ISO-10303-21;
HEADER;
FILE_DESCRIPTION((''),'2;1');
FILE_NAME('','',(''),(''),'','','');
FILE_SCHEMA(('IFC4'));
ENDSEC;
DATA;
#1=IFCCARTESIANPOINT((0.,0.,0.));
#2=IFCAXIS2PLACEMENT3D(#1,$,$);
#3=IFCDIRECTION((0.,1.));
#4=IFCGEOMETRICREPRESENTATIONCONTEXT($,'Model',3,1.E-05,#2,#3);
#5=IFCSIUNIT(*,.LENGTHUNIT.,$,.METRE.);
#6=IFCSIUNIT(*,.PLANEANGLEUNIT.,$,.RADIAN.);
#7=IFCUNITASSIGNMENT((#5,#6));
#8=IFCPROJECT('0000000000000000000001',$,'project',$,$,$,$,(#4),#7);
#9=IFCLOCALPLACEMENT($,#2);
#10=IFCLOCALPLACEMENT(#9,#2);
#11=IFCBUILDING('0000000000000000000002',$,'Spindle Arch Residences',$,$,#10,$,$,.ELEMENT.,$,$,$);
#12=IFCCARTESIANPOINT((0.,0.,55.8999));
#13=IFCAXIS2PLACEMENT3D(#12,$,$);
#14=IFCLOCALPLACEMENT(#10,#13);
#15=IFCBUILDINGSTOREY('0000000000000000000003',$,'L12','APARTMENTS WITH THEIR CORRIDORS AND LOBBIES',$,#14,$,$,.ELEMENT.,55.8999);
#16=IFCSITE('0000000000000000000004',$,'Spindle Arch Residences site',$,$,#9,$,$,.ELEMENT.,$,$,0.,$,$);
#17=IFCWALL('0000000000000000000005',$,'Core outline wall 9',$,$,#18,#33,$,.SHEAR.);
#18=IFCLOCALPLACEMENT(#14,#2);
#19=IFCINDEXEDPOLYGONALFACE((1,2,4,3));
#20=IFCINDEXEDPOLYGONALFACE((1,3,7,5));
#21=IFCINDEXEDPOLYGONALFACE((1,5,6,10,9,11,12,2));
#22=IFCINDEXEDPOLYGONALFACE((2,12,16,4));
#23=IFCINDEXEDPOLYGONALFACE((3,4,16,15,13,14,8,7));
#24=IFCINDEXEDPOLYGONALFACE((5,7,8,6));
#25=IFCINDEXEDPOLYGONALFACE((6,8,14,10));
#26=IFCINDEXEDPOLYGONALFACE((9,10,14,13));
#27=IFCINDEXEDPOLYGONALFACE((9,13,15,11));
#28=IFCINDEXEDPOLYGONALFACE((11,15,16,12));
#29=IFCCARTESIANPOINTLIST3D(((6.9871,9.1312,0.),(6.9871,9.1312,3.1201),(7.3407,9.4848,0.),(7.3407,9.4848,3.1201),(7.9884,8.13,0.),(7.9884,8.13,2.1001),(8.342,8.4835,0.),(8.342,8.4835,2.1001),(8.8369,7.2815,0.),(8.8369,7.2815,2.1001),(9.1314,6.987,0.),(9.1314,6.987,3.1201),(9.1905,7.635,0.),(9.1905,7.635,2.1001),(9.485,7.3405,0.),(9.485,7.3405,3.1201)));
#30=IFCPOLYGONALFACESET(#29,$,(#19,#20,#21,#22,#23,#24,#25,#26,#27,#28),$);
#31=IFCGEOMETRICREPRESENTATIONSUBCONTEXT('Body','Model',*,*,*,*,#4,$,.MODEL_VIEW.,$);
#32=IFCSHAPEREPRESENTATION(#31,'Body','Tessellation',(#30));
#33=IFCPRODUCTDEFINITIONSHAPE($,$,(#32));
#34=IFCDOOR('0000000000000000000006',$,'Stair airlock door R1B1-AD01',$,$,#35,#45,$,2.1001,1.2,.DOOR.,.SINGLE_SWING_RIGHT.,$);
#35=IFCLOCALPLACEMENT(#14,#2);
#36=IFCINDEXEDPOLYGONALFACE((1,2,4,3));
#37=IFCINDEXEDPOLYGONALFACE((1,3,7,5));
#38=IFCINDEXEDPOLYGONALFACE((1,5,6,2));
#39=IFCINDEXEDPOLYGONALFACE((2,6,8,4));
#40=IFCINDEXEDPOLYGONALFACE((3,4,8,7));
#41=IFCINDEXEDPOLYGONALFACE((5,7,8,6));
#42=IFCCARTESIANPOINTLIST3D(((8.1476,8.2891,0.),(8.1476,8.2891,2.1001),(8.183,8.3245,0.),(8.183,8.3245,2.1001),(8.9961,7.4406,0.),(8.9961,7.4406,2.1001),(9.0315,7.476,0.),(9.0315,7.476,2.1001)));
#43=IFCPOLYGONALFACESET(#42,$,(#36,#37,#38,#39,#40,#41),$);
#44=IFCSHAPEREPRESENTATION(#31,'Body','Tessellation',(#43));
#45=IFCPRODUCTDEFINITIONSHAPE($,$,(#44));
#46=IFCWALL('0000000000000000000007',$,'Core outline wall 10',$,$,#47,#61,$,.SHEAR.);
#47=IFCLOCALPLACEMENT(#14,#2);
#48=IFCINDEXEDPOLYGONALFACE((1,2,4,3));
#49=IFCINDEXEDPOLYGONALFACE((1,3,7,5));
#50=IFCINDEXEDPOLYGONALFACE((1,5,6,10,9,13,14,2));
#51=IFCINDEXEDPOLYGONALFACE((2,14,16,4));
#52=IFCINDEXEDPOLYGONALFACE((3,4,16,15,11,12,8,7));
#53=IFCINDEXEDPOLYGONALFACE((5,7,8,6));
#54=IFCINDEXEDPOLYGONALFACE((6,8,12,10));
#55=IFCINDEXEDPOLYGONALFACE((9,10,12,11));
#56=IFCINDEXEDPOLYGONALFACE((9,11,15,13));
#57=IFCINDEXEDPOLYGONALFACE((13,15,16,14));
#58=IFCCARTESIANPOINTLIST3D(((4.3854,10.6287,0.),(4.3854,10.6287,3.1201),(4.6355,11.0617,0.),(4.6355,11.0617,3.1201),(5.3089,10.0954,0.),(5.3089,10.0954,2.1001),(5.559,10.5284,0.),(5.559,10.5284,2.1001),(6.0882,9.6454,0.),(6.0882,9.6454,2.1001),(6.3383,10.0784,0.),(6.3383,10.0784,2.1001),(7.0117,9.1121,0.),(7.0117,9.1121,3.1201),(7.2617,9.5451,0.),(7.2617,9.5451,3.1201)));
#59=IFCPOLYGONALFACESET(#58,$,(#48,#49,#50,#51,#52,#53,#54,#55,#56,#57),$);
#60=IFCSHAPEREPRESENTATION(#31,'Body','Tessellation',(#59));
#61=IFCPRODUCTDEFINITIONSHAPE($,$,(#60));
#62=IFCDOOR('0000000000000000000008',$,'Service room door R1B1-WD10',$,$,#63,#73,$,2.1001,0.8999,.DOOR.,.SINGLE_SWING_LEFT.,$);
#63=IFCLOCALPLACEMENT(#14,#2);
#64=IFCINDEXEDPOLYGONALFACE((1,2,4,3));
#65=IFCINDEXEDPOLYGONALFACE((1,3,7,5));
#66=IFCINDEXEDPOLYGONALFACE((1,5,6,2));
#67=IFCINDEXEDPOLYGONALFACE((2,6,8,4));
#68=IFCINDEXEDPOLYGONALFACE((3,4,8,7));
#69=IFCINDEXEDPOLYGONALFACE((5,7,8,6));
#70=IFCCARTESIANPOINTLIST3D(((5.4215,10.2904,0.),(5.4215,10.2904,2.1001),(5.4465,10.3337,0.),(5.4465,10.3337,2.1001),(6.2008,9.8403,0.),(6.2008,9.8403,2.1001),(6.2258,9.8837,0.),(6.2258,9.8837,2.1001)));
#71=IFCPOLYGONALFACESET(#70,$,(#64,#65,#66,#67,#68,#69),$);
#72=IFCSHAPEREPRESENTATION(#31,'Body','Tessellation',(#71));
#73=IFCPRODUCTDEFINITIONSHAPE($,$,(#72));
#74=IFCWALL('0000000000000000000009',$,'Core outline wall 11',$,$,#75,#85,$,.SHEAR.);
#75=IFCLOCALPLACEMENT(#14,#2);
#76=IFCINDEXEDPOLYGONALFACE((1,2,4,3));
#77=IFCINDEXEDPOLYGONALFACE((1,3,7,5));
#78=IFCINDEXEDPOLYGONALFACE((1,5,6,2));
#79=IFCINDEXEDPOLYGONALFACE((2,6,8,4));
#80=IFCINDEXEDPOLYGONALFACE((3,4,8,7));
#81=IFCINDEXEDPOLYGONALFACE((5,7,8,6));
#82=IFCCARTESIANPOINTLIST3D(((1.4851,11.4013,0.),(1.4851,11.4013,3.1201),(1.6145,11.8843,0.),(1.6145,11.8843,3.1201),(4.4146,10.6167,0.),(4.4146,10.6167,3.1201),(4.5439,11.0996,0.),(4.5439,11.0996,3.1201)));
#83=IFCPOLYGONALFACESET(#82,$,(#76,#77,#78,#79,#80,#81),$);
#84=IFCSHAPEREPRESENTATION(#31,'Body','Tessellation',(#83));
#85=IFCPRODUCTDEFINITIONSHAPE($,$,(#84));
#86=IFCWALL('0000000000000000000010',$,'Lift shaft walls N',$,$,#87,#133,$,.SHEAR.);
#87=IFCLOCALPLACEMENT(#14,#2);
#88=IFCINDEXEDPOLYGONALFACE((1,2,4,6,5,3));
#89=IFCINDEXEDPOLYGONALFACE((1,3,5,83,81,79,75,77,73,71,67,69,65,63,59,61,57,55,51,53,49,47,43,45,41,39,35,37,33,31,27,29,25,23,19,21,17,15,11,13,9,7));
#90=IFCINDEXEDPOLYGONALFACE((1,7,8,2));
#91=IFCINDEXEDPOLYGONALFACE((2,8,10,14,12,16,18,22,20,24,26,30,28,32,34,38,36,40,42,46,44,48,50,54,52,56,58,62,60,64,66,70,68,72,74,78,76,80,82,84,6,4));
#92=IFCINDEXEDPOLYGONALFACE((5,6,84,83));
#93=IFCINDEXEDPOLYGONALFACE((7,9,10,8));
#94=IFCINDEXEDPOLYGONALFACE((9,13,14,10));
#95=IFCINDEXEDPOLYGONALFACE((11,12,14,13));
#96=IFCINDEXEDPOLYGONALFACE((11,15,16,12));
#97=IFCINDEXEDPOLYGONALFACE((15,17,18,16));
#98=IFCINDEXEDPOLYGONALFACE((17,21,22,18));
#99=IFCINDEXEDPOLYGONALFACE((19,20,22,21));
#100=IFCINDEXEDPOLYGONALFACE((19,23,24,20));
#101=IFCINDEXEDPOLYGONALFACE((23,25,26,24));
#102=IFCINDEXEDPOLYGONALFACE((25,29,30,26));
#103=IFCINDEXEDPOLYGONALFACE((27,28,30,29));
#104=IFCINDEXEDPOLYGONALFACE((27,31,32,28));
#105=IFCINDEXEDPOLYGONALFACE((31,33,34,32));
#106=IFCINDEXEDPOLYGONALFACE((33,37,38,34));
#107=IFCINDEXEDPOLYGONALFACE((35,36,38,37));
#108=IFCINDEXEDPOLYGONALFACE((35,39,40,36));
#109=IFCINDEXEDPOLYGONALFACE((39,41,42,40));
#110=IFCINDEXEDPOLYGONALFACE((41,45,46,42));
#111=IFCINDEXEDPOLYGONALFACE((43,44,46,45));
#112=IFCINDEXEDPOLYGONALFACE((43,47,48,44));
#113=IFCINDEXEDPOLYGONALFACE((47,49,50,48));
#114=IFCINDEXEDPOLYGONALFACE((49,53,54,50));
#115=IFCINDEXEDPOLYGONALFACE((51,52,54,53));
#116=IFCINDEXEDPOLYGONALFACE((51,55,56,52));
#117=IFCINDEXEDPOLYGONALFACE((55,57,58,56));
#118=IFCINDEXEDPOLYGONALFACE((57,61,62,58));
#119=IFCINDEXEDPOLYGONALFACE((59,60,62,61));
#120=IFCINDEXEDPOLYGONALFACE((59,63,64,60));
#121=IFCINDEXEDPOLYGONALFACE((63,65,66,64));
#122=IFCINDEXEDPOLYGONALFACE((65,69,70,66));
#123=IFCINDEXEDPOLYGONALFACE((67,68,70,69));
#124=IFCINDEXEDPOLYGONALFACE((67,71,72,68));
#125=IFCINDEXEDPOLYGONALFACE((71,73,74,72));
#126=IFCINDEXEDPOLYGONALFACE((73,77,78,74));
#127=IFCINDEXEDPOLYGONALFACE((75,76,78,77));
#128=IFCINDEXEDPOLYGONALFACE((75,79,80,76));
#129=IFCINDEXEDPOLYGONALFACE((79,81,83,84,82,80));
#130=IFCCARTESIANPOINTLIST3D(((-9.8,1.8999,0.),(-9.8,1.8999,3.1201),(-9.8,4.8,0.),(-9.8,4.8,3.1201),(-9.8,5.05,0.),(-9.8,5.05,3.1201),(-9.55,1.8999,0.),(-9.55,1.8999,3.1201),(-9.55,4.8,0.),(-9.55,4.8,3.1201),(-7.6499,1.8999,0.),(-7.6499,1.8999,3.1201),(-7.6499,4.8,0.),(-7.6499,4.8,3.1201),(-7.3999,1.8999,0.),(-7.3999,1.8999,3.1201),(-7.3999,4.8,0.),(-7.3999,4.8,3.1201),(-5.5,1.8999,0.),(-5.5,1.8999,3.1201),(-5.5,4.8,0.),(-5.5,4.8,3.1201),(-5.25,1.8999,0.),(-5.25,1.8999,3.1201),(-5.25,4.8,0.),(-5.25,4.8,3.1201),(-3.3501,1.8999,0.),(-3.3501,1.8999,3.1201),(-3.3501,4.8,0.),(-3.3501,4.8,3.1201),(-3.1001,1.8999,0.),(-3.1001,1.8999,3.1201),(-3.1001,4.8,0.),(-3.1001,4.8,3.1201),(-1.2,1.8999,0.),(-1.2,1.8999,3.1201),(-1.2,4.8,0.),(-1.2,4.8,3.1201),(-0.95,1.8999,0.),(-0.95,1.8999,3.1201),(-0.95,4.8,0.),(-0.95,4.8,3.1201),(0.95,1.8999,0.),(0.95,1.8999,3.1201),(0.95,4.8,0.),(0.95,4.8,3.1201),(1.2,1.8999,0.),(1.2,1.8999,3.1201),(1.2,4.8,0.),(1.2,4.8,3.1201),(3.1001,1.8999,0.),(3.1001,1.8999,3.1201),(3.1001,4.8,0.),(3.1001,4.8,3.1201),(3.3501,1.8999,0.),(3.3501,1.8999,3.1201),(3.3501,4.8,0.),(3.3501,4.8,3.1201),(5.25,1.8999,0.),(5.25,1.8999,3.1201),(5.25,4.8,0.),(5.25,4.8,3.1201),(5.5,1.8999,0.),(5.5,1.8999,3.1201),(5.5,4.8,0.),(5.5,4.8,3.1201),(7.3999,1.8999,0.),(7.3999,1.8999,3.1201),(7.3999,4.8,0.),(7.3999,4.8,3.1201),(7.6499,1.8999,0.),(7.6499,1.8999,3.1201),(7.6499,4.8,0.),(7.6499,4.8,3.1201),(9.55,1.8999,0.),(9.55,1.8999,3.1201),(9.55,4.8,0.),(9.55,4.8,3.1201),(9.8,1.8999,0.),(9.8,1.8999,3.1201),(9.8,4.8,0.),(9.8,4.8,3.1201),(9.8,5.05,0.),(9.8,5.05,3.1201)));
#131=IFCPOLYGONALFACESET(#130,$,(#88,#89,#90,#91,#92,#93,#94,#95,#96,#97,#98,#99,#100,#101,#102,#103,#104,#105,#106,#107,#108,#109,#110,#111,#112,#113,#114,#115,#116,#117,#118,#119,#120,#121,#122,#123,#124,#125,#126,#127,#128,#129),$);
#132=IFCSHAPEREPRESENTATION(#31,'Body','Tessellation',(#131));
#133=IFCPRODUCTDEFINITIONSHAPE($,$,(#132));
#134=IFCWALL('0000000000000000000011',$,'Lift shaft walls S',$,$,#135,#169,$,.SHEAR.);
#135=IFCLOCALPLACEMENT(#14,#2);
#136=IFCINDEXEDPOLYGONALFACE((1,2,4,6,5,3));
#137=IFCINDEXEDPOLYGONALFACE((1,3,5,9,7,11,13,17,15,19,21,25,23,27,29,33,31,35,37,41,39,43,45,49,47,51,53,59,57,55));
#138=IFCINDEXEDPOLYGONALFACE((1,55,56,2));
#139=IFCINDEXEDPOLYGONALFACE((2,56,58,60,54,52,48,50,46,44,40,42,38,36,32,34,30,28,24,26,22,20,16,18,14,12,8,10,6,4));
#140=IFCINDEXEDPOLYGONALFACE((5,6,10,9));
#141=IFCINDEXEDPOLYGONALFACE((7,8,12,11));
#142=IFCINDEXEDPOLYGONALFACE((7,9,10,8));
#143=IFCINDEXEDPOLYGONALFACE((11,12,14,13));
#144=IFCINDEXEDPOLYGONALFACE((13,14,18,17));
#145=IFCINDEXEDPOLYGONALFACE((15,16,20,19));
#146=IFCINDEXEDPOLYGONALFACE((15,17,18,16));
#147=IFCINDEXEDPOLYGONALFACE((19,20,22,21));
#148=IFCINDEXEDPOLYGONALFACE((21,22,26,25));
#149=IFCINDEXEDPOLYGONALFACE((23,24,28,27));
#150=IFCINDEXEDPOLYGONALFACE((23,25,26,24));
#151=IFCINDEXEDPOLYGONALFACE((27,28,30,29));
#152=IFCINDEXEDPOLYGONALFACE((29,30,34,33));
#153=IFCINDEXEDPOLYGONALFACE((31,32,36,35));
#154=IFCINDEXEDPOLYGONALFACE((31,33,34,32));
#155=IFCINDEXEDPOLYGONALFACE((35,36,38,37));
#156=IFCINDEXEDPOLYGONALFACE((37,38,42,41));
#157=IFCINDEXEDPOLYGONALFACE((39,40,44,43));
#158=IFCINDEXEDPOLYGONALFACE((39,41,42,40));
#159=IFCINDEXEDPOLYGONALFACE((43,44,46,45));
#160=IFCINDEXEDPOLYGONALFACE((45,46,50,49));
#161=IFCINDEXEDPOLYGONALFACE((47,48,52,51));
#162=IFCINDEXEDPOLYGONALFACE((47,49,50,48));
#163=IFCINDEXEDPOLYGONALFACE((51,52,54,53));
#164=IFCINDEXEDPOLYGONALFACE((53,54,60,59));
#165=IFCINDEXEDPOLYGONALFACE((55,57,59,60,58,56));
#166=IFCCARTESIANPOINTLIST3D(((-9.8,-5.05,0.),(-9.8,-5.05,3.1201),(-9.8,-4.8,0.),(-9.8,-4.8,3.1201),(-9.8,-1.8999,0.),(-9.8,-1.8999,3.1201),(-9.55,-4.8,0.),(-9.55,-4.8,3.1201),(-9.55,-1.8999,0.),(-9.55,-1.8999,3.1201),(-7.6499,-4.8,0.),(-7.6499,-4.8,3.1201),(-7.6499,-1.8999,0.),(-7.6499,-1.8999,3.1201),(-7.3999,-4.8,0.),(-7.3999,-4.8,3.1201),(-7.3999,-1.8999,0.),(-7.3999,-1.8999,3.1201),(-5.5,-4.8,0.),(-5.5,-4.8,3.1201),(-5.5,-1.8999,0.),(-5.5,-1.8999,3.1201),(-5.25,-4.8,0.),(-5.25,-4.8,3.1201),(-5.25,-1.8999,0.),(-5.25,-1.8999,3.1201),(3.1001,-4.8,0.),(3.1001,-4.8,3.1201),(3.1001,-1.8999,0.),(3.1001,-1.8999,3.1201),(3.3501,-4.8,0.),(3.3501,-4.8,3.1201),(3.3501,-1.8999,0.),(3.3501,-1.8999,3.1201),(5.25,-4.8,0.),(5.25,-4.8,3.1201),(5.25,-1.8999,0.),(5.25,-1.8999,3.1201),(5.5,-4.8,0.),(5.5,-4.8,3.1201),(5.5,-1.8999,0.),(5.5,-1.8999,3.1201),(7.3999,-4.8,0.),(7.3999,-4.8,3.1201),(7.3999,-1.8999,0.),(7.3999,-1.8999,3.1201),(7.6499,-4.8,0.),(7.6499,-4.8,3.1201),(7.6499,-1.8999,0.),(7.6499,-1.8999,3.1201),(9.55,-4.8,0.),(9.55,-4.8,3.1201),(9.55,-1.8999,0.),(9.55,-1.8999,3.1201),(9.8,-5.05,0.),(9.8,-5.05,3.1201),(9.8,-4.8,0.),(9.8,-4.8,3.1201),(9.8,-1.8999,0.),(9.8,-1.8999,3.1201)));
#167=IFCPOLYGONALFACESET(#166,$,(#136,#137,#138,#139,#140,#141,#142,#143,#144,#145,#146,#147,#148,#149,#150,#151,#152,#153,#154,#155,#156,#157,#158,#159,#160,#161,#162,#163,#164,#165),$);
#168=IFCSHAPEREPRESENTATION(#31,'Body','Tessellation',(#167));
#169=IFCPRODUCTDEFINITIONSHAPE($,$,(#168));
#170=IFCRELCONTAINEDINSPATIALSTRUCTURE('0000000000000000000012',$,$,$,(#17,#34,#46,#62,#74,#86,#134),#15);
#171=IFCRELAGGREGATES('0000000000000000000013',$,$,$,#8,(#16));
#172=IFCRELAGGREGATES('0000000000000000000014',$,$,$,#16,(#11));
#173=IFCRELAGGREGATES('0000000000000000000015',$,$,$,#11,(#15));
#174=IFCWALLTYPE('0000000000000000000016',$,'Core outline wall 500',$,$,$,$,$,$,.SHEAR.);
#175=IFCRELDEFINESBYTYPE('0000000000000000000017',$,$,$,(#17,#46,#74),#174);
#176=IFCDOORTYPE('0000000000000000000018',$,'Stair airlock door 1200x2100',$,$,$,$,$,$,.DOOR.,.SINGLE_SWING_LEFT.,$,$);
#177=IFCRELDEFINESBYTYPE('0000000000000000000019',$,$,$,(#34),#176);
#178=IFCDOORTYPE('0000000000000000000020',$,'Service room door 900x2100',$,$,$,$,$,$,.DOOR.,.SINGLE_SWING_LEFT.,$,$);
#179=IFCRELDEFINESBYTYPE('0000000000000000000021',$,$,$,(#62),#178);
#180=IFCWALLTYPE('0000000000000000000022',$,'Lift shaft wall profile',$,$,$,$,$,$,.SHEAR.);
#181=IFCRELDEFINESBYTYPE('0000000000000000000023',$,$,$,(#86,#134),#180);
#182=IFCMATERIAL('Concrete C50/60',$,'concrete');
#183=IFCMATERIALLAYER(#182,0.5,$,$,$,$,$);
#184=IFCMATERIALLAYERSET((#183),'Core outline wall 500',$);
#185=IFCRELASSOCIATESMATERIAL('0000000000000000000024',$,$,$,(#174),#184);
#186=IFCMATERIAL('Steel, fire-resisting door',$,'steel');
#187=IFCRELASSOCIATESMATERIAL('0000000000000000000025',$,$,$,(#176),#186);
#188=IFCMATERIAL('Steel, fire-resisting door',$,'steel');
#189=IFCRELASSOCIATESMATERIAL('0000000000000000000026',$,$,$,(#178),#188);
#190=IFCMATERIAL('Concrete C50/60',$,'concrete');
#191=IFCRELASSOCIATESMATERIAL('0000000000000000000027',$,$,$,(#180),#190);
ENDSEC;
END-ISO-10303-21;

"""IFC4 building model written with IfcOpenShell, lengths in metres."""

from ifc_helpers import new_model, si_unit, direction, frame, frame_2d, origin, place, context, subcontext, project, spatial, polyline, rectangle, outline, extrude, material, layer, layer_set, type_object, element, fill, save


model = new_model("IFC4")

# Units and contexts
model_context = context("Model", 3, precision=1e-05, world=origin(), true_north=direction((0.0, 1.0)))
body_context = subcontext(model_context, "Body", "Model", "MODEL_VIEW")
ifc_project = project(units=[si_unit("LENGTHUNIT", "METRE"), si_unit("PLANEANGLEUNIT", "RADIAN")], contexts=[model_context])

# Site, building, storey
site_placement = place(None, origin())
site = spatial("IfcSite", under=ifc_project, at=site_placement, Name="Spindle Arch Residences site", CompositionType="ELEMENT", RefElevation=0.0)
building_placement = place(site_placement, origin())
building = spatial("IfcBuilding", under=site, at=building_placement, Name="Spindle Arch Residences", CompositionType="ELEMENT")
storey_placement = place(building_placement, frame((0.0, 0.0, 55.8999)))
storey = spatial("IfcBuildingStorey", under=building, at=storey_placement, Name="L12", Description="APARTMENTS WITH THEIR CORRIDORS AND LOBBIES", CompositionType="ELEMENT", Elevation=55.8999)

# Walls, openings, doors
ifc_material_1 = material(Name="Concrete C50/60", Category="concrete")
ifc_layer_1 = layer(ifc_material_1, 0.5)
ifc_layer_set_1 = layer_set([ifc_layer_1], Name="Core outline wall 500")
wall_type_1 = type_object("IfcWallType", Name="Core outline wall 500", PredefinedType="SHEAR", material=ifc_layer_set_1)
wall_1_placement = place(storey_placement, frame((9.3081, 7.1638, 0.0), z_axis=(0.0, 0.0, 1.0), x_axis=(-0.707107, 0.707107, 0.0)))
wall_1 = element("IfcWall", 1, at=wall_1_placement, inside=storey, type_object=wall_type_1, Name="Core outline wall 9", PredefinedType="SHEAR", context=body_context, shape_type="SweptSolid", body=[
    extrude(rectangle(XDim=3.0325, YDim=0.5, at=frame_2d((1.5161, 0.0))), origin(), (0.0, 0.0, 1.0), 3.1201),
])
opening_1_placement = place(wall_1_placement, frame((0.4163, 0.0, 0.0)))
opening_1 = element("IfcOpeningElement", 2, at=opening_1_placement, cuts=wall_1, PredefinedType="OPENING", context=body_context, shape_type="SweptSolid", body=[
    extrude(rectangle(XDim=1.2, YDim=2.1001, at=frame_2d((0.6001, 1.05))), frame((0.0, 0.26, 0.0), z_axis=(0.0, -1.0, 0.0), x_axis=(1.0, 0.0, 0.0)), (0.0, 0.0, 1.0), 0.52),
])
ifc_material_2 = material(Name="Steel, fire-resisting door", Category="steel")
door_type_1 = type_object("IfcDoorType", Name="Stair airlock door 1200x2100", OperationType="SINGLE_SWING_LEFT", PredefinedType="DOOR", material=ifc_material_2)
door_1_placement = place(opening_1_placement, origin())
door_1 = element("IfcDoor", 3, at=door_1_placement, inside=storey, type_object=door_type_1, Name="Stair airlock door R1B1-AD01", OperationType="SINGLE_SWING_RIGHT", OverallHeight=2.1001, OverallWidth=1.2, PredefinedType="DOOR", context=body_context, shape_type="SweptSolid", body=[
    extrude(rectangle(XDim=1.2, YDim=2.1001, at=frame_2d((0.6001, 1.05))), frame((0.0, 0.0249, 0.0), z_axis=(0.0, -1.0, 0.0), x_axis=(1.0, 0.0, 0.0)), (0.0, 0.0, 1.0), 0.05),
])
fill(opening_1, door_1)
wall_2_placement = place(storey_placement, frame((7.1367, 9.3286, 0.0), z_axis=(0.0, 0.0, 1.0), x_axis=(-0.865975, 0.500087, 0.0)))
wall_2 = element("IfcWall", 4, at=wall_2_placement, inside=storey, type_object=wall_type_1, Name="Core outline wall 10", PredefinedType="SHEAR", context=body_context, shape_type="SweptSolid", body=[
    extrude(rectangle(XDim=3.0327, YDim=0.5, at=frame_2d((1.5164, 0.0))), origin(), (0.0, 0.0, 1.0), 3.1201),
])
opening_2_placement = place(wall_2_placement, frame((1.0664, 0.0, 0.0)))
opening_2 = element("IfcOpeningElement", 5, at=opening_2_placement, cuts=wall_2, PredefinedType="OPENING", context=body_context, shape_type="SweptSolid", body=[
    extrude(rectangle(XDim=0.8999, YDim=2.1001, at=frame_2d((0.45, 1.05))), frame((0.0, 0.26, 0.0), z_axis=(0.0, -1.0, 0.0), x_axis=(1.0, 0.0, 0.0)), (0.0, 0.0, 1.0), 0.52),
])
ifc_material_3 = material(Name="Steel, fire-resisting door", Category="steel")
door_type_2 = type_object("IfcDoorType", Name="Service room door 900x2100", OperationType="SINGLE_SWING_LEFT", PredefinedType="DOOR", material=ifc_material_3)
door_2_placement = place(opening_2_placement, origin())
door_2 = element("IfcDoor", 6, at=door_2_placement, inside=storey, type_object=door_type_2, Name="Service room door R1B1-WD10", OperationType="SINGLE_SWING_LEFT", OverallHeight=2.1001, OverallWidth=0.8999, PredefinedType="DOOR", context=body_context, shape_type="SweptSolid", body=[
    extrude(rectangle(XDim=0.8999, YDim=2.1001, at=frame_2d((0.45, 1.05))), frame((0.0, 0.0249, 0.0), z_axis=(0.0, -1.0, 0.0), x_axis=(1.0, 0.0, 0.0)), (0.0, 0.0, 1.0), 0.05),
])
fill(opening_2, door_2)

# Wall
wall_3_placement = place(storey_placement, frame((4.4792, 10.8582, 0.0), z_axis=(0.0, 0.0, 1.0), x_axis=(-0.965948, 0.258735, 0.0)))
element("IfcWall", 7, at=wall_3_placement, inside=storey, type_object=wall_type_1, Name="Core outline wall 11", PredefinedType="SHEAR", context=body_context, shape_type="SweptSolid", body=[
    extrude(rectangle(XDim=3.0327, YDim=0.5, at=frame_2d((1.5164, 0.0))), origin(), (0.0, 0.0, 1.0), 3.1201),
])

# Walls
ifc_material_4 = material(Name="Concrete C50/60", Category="concrete")
wall_type_2 = type_object("IfcWallType", Name="Lift shaft wall profile", PredefinedType="SHEAR", material=ifc_material_4)
wall_4_placement = place(storey_placement, origin())
element("IfcWall", 8, at=wall_4_placement, inside=storey, type_object=wall_type_2, Name="Lift shaft walls N", PredefinedType="SHEAR", context=body_context, shape_type="SweptSolid", body=[
    extrude(outline(polyline([(-9.55, 4.8), (-7.6499, 4.8), (-7.6499, 1.8999), (-7.3999, 1.8999), (-7.3999, 4.8), (-5.5, 4.8), (-5.5, 1.8999), (-5.25, 1.8999), (-5.25, 4.8), (-3.3501, 4.8), (-3.3501, 1.8999), (-3.1001, 1.8999), (-3.1001, 4.8), (-1.2, 4.8), (-1.2, 1.8999), (-0.95, 1.8999), (-0.95, 4.8), (0.95, 4.8), (0.95, 1.8999), (1.2, 1.8999), (1.2, 4.8), (3.1001, 4.8), (3.1001, 1.8999), (3.3501, 1.8999), (3.3501, 4.8), (5.25, 4.8), (5.25, 1.8999), (5.5, 1.8999), (5.5, 4.8), (7.3999, 4.8), (7.3999, 1.8999), (7.6499, 1.8999), (7.6499, 4.8), (9.55, 4.8), (9.55, 1.8999), (9.8, 1.8999), (9.8, 4.8), (9.8, 5.05), (-9.8, 5.05), (-9.8, 4.8), (-9.8, 1.8999), (-9.55, 1.8999), (-9.55, 4.8)])), origin(), (0.0, 0.0, 1.0), 3.1201),
])
wall_5_placement = place(storey_placement, origin())
element("IfcWall", 9, at=wall_5_placement, inside=storey, type_object=wall_type_2, Name="Lift shaft walls S", PredefinedType="SHEAR", context=body_context, shape_type="SweptSolid", body=[
    extrude(outline(polyline([(9.8, -5.05), (9.8, -4.8), (9.8, -1.8999), (9.55, -1.8999), (9.55, -4.8), (7.6499, -4.8), (7.6499, -1.8999), (7.3999, -1.8999), (7.3999, -4.8), (5.5, -4.8), (5.5, -1.8999), (5.25, -1.8999), (5.25, -4.8), (3.3501, -4.8), (3.3501, -1.8999), (3.1001, -1.8999), (3.1001, -4.8), (-5.25, -4.8), (-5.25, -1.8999), (-5.5, -1.8999), (-5.5, -4.8), (-7.3999, -4.8), (-7.3999, -1.8999), (-7.6499, -1.8999), (-7.6499, -4.8), (-9.55, -4.8), (-9.55, -1.8999), (-9.8, -1.8999), (-9.8, -4.8), (-9.8, -5.05), (9.8, -5.05)])), origin(), (0.0, 0.0, 1.0), 3.1201),
])

save(model, "model.ifc")
